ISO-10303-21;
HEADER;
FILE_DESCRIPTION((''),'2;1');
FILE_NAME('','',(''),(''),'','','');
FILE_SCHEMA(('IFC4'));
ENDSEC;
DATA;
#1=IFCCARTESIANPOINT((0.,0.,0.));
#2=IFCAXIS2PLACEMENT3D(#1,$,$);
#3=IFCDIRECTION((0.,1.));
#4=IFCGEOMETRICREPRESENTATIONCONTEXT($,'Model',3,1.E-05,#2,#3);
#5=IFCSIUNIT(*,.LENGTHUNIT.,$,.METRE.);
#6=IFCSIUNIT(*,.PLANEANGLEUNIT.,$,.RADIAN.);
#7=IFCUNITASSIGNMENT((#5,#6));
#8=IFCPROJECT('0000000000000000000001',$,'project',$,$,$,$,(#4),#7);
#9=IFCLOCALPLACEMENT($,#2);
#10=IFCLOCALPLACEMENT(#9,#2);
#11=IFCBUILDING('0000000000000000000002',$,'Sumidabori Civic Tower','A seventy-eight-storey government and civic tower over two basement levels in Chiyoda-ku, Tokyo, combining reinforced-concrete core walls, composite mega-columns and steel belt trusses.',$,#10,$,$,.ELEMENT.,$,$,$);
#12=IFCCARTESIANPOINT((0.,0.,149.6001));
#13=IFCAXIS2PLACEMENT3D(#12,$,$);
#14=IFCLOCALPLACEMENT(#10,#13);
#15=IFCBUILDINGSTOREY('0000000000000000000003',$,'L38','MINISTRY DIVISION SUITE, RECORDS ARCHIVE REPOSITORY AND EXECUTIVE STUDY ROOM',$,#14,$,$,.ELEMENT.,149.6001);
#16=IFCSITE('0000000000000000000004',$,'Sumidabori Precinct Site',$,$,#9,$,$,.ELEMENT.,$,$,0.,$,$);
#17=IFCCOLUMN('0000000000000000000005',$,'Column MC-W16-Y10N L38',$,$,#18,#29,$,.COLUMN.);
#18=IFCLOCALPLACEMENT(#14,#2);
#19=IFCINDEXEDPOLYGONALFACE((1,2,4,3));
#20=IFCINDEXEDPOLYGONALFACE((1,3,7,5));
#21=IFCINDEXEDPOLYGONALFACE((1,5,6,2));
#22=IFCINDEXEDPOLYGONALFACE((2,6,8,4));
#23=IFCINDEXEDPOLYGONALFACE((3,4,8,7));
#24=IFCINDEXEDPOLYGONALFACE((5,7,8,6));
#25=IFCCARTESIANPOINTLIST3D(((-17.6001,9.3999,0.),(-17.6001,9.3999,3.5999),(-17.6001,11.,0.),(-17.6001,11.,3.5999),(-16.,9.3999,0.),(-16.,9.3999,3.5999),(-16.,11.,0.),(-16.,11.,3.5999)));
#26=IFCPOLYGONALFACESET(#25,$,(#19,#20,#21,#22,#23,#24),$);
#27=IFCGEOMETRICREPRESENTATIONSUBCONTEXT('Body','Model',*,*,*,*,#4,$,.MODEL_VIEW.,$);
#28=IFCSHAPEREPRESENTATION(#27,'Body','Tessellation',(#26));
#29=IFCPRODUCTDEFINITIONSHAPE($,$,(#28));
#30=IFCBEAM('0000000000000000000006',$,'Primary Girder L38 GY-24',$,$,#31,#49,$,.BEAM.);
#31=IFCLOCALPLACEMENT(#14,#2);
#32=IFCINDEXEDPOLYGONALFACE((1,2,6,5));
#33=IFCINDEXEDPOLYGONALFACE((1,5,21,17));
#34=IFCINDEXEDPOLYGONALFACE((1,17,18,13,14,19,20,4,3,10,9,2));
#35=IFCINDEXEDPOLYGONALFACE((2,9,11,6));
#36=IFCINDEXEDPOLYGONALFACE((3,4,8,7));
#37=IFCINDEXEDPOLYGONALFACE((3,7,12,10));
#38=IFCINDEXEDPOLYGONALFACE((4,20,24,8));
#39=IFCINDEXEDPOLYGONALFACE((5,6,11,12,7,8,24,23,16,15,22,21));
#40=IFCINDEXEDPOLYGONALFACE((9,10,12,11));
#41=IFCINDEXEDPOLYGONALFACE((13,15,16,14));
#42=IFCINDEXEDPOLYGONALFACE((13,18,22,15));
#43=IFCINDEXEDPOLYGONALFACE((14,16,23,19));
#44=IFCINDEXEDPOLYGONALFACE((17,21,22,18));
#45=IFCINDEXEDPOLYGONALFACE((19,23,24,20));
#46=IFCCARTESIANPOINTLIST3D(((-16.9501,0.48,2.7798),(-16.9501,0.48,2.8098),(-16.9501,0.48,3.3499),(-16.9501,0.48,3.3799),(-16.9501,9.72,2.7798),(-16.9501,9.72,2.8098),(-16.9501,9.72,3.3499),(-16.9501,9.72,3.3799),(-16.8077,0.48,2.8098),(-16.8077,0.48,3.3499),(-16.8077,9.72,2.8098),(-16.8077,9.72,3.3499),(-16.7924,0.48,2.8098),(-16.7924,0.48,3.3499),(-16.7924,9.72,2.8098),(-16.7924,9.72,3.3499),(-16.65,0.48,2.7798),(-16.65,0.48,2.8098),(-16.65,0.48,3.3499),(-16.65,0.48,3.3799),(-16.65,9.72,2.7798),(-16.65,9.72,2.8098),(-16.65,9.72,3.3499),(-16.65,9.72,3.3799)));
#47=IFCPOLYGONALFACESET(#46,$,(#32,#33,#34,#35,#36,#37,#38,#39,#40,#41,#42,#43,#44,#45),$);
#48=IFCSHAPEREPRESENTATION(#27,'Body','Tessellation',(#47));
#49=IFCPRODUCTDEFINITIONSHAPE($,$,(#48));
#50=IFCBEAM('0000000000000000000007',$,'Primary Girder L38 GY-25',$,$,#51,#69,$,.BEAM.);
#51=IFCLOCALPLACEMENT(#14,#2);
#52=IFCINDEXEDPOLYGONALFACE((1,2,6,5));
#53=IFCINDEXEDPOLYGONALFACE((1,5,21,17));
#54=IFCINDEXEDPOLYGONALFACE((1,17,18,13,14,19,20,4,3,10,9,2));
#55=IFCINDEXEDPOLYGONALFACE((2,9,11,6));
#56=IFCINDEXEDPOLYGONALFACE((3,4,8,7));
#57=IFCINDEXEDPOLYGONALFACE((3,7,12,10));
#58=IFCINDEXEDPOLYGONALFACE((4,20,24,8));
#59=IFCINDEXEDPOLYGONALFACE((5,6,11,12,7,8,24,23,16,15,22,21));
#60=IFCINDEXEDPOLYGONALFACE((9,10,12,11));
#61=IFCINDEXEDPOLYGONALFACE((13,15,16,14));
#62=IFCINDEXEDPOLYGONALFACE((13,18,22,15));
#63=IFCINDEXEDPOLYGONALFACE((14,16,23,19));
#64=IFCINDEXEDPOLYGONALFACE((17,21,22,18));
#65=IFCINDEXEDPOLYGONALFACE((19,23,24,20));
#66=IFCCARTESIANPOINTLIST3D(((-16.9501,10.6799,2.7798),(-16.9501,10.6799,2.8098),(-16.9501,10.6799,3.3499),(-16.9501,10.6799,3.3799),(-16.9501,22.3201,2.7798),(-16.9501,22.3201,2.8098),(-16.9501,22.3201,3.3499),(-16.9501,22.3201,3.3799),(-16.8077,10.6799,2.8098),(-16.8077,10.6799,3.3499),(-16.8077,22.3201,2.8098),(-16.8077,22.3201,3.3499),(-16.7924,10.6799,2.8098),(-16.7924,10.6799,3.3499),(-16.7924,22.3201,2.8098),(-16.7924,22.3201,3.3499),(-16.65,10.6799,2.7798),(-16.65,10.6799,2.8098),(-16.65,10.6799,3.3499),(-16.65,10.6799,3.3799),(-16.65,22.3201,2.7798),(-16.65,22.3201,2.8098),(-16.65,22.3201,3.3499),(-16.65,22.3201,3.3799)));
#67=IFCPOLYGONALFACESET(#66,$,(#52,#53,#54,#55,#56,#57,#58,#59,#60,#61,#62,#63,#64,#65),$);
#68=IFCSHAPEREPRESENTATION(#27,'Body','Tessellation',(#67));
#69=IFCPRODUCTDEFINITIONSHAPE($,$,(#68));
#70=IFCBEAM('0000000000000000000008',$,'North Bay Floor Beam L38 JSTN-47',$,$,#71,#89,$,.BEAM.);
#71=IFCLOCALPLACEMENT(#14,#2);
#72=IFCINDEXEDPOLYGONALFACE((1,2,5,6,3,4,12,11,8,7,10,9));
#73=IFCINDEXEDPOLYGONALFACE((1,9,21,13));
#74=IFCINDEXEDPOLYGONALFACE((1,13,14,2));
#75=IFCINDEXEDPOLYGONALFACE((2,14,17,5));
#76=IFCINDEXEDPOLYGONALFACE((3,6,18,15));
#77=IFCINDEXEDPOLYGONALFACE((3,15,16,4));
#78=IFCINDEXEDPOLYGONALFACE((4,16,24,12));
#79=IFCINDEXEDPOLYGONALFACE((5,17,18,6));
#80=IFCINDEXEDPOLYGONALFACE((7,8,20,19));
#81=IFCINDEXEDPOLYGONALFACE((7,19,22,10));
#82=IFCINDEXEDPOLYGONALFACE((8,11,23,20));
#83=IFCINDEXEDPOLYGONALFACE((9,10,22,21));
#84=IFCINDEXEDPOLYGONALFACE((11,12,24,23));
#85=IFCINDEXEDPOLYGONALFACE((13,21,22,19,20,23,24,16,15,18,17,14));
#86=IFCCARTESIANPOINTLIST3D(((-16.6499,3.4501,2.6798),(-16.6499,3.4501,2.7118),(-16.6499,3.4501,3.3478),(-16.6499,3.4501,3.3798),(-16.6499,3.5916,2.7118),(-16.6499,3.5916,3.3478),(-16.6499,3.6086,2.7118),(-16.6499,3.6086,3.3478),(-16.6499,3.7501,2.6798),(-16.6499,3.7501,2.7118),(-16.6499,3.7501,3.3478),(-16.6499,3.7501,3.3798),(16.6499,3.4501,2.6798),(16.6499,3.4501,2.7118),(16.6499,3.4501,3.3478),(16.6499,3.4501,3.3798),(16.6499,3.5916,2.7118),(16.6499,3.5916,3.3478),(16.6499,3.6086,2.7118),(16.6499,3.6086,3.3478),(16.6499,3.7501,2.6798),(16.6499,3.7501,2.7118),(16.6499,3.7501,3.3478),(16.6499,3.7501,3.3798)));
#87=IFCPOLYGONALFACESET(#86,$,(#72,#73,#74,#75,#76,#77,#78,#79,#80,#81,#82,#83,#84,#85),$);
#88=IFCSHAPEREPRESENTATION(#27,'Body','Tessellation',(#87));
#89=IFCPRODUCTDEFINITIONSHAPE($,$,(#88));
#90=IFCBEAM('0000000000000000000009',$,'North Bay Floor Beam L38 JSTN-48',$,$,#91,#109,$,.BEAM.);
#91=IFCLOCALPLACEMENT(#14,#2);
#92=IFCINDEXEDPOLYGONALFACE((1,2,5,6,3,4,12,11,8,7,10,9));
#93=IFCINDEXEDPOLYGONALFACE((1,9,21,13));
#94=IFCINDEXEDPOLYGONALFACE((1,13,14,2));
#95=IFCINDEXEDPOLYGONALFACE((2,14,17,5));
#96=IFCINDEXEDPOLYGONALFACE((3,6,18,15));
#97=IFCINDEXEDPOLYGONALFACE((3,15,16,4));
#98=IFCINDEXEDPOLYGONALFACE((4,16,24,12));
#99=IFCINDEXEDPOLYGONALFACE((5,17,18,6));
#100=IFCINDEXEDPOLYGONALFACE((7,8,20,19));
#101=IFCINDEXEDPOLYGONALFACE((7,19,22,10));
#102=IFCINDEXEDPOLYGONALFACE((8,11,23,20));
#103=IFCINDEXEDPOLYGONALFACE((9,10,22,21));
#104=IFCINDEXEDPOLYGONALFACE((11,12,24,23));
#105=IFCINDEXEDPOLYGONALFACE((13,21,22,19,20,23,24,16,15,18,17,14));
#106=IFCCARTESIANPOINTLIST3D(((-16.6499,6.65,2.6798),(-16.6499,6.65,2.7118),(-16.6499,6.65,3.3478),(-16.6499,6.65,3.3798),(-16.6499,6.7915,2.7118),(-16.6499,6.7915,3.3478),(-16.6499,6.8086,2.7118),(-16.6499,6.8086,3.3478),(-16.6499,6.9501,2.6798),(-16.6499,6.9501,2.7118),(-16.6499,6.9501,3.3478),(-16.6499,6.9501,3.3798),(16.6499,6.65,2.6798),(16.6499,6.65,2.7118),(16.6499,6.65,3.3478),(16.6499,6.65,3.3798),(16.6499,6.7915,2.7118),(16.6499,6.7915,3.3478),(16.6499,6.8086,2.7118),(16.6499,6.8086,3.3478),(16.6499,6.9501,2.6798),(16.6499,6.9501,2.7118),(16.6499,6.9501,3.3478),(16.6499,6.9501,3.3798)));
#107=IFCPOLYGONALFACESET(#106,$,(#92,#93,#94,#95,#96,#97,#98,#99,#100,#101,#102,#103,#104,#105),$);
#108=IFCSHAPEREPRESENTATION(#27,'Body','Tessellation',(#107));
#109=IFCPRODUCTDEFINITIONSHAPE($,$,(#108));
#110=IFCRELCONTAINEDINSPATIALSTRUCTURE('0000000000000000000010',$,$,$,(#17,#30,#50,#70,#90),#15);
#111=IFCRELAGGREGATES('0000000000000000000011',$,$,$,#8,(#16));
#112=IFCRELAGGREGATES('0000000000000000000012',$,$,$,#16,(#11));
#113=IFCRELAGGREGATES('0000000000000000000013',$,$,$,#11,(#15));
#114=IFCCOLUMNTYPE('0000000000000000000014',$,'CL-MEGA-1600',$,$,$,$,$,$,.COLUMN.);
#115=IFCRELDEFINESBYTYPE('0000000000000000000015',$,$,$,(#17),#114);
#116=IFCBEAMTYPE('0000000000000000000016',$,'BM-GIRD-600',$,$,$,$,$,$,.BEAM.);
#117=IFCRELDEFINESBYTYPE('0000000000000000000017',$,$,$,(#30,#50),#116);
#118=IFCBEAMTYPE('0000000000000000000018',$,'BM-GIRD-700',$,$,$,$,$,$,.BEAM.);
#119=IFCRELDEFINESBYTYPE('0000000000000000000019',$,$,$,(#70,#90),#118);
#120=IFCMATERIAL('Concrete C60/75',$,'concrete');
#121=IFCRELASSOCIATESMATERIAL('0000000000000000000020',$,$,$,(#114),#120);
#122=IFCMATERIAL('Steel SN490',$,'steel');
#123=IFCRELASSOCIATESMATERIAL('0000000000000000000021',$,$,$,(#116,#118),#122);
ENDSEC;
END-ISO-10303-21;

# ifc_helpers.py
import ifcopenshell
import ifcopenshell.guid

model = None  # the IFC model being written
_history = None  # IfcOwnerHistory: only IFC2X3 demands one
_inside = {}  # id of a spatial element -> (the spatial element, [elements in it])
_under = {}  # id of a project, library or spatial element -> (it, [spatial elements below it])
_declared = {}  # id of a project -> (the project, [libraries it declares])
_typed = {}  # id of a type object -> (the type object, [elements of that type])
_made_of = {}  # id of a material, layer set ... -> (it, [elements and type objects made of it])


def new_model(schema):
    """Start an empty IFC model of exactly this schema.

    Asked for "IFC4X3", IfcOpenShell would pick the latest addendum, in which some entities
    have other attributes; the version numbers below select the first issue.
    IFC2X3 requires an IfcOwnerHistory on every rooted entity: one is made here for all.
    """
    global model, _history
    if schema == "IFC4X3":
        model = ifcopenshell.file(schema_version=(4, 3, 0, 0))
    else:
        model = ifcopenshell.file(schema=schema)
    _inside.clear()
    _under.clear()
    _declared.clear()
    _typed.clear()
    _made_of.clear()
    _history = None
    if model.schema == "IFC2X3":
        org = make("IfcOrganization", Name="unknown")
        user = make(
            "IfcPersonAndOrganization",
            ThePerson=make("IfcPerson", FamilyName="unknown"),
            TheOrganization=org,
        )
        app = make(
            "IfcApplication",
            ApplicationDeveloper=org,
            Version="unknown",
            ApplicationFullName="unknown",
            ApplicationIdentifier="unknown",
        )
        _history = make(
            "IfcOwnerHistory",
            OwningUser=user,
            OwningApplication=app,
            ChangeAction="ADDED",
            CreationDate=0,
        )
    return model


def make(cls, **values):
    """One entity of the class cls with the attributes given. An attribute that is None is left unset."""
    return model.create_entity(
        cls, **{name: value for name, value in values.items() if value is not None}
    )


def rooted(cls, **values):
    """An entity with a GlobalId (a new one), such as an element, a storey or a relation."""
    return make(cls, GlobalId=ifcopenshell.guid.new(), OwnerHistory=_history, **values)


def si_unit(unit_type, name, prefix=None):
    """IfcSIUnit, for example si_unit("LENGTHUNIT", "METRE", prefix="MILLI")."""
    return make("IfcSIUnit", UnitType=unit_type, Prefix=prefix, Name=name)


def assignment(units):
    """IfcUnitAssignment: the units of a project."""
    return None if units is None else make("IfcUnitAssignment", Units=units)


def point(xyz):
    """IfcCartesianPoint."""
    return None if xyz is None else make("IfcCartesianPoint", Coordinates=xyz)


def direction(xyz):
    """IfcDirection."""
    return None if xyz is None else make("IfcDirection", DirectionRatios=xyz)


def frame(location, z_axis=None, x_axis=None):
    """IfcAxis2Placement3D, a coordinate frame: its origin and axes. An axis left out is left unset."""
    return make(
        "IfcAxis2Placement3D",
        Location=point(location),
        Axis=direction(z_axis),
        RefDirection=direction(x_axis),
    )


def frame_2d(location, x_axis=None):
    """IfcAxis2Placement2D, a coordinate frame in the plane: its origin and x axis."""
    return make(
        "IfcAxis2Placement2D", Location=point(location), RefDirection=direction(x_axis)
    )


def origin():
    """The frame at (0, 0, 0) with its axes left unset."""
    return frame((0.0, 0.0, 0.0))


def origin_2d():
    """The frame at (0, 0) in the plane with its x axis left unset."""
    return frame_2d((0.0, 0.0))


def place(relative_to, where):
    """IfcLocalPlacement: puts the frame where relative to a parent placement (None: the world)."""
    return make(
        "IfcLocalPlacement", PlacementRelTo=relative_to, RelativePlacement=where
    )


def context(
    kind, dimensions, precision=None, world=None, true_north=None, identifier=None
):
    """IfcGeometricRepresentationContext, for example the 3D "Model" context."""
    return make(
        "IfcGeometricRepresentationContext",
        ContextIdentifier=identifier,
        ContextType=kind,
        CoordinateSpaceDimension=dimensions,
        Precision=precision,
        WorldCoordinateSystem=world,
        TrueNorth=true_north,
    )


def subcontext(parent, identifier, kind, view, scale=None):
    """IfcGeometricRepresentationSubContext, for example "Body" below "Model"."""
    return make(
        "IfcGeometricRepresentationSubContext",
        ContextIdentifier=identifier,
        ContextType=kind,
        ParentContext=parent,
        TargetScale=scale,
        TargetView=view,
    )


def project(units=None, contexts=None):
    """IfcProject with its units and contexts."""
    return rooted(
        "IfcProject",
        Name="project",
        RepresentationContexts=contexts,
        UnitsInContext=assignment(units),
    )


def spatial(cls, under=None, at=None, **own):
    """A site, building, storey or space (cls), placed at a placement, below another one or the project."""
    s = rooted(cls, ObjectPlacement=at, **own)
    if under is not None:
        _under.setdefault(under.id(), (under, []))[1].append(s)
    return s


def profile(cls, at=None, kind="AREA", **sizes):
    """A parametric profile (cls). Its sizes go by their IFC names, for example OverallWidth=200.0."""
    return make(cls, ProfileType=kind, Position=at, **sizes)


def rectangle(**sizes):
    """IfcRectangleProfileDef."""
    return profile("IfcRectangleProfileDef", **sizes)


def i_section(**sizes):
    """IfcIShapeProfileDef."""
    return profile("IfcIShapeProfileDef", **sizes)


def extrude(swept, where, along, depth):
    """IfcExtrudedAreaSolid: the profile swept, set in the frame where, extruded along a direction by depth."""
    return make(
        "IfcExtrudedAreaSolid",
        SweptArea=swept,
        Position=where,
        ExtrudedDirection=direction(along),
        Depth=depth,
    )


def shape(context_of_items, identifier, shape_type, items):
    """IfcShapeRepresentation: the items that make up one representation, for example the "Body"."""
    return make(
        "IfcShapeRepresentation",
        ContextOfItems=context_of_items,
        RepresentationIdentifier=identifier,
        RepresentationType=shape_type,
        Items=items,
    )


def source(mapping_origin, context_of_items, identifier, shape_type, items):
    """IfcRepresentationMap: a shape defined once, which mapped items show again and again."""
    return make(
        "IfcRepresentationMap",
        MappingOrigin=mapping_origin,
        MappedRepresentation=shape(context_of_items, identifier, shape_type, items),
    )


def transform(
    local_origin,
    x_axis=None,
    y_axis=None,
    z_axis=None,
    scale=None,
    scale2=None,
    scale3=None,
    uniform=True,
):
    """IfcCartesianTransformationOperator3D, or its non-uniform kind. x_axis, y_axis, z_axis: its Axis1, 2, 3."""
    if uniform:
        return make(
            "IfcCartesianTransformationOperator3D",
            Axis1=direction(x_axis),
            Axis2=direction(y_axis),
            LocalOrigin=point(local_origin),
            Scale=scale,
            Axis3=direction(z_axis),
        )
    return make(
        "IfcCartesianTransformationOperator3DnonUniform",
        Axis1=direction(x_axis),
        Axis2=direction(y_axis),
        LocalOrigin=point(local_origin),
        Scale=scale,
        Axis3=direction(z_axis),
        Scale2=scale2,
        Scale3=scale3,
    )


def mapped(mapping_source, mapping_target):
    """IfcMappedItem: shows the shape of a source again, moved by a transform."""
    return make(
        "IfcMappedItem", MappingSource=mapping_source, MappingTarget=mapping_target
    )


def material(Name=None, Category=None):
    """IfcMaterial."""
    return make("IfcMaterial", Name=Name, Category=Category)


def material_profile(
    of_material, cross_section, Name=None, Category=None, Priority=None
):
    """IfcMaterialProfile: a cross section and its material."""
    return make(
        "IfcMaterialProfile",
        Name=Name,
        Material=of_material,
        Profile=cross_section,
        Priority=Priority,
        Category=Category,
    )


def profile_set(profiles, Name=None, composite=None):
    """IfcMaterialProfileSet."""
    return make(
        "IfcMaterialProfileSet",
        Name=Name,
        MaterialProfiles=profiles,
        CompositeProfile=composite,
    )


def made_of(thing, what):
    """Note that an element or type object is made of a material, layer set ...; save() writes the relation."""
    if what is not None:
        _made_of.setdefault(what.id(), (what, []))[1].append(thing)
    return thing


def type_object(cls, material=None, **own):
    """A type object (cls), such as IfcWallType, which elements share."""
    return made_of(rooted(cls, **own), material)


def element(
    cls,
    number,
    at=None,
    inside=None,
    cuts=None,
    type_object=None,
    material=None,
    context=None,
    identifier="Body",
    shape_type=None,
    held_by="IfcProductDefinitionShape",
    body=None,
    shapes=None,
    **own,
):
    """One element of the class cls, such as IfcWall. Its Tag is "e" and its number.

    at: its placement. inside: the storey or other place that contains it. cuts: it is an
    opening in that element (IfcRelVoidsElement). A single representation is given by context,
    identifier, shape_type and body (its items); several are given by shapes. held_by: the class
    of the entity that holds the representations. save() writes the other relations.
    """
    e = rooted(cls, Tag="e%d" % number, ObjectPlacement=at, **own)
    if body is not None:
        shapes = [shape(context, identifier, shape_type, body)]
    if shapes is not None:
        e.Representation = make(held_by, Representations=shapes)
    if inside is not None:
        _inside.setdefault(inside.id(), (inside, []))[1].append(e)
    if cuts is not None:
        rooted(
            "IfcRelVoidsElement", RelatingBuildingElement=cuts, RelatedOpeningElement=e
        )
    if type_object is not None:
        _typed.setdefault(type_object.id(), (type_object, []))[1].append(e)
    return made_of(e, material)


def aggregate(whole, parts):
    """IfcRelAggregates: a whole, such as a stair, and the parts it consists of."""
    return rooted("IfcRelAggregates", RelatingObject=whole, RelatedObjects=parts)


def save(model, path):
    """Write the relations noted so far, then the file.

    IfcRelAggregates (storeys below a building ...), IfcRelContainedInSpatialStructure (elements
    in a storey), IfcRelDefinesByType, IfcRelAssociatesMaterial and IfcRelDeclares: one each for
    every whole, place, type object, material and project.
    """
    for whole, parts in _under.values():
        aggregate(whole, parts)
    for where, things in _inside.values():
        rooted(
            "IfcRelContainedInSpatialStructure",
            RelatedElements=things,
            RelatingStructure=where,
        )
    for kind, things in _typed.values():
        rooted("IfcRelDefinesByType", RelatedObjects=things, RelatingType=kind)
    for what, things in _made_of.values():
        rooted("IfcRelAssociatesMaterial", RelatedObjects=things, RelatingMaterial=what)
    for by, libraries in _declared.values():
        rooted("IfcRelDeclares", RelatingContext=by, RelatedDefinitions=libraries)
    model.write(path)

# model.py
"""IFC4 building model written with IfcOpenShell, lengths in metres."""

from ifc_helpers import new_model, si_unit, direction, frame, origin, origin_2d, place, context, subcontext, project, spatial, rectangle, i_section, extrude, source, transform, mapped, material, material_profile, profile_set, type_object, element, save


model = new_model("IFC4")

# Units and contexts
model_context = context("Model", 3, precision=1e-05, world=origin(), true_north=direction((0.0, 1.0)))
body_context = subcontext(model_context, "Body", "Model", "MODEL_VIEW")
ifc_project = project(units=[si_unit("LENGTHUNIT", "METRE"), si_unit("PLANEANGLEUNIT", "RADIAN")], contexts=[model_context])

# Site, building, storey
site_placement = place(None, origin())
site = spatial("IfcSite", under=ifc_project, at=site_placement, Name="Sumidabori Precinct Site", CompositionType="ELEMENT", RefElevation=0.0)
building_placement = place(site_placement, origin())
building = spatial("IfcBuilding", under=site, at=building_placement, Name="Sumidabori Civic Tower", Description="A seventy-eight-storey government and civic tower over two basement levels in Chiyoda-ku, Tokyo, combining reinforced-concrete core walls, composite mega-columns and steel belt trusses.", CompositionType="ELEMENT")
storey_placement = place(building_placement, frame((0.0, 0.0, 149.6001)))
storey = spatial("IfcBuildingStorey", under=building, at=storey_placement, Name="L38", Description="MINISTRY DIVISION SUITE, RECORDS ARCHIVE REPOSITORY AND EXECUTIVE STUDY ROOM", CompositionType="ELEMENT", Elevation=149.6001)

# Column
ifc_material_1 = material(Name="Concrete C60/75", Category="concrete")
ifc_material_profile_1 = material_profile(ifc_material_1, rectangle(XDim=1.6001, YDim=1.6001, at=origin_2d()), Name="RC 1600x1600")
ifc_profile_set_1 = profile_set([ifc_material_profile_1], Name="Concrete C60/75")
column_type = type_object("IfcColumnType", Name="CL-MEGA-1600", PredefinedType="COLUMN", material=ifc_profile_set_1)
shared_shape_1 = source(origin(), body_context, "Body", "SweptSolid", [
    extrude(rectangle(XDim=1.6001, YDim=1.6001, at=origin_2d()), origin(), (0.0, 0.0, 1.0), 3.5999),
])
column_placement = place(storey_placement, frame((-16.8, 10.2, 0.0), z_axis=(0.0, 0.0, 1.0), x_axis=(1.0, 0.0, 0.0)))
element("IfcColumn", 1, at=column_placement, inside=storey, type_object=column_type, Name="Column MC-W16-Y10N L38", PredefinedType="COLUMN", context=body_context, shape_type="MappedRepresentation", body=[
    mapped(shared_shape_1, transform((0.0, 0.0, 0.0), x_axis=(1.0, 0.0, 0.0), y_axis=(0.0, 1.0, 0.0), z_axis=(0.0, 0.0, 1.0), scale=1.0)),
])

# Beams
ifc_material_2 = material(Name="Steel SN490", Category="steel")
ifc_material_profile_2 = material_profile(ifc_material_2, i_section(OverallWidth=0.3, OverallDepth=0.6001, WebThickness=0.0154, FlangeThickness=0.03, at=origin_2d()), Name="HE 600 B")
ifc_profile_set_2 = profile_set([ifc_material_profile_2], Name="Steel SN490")
beam_type_1 = type_object("IfcBeamType", Name="BM-GIRD-600", PredefinedType="BEAM", material=ifc_profile_set_2)
shared_shape_2 = source(origin(), body_context, "Body", "SweptSolid", [
    extrude(i_section(OverallWidth=0.3, OverallDepth=0.6001, WebThickness=0.0154, FlangeThickness=0.03, at=origin_2d()), origin(), (0.0, 0.0, 1.0), 9.24),
])
beam_1_placement = place(storey_placement, frame((-16.8, 0.48, 3.0798), z_axis=(0.0, 1.0, 0.0), x_axis=(-1.0, 0.0, 0.0)))
element("IfcBeam", 2, at=beam_1_placement, inside=storey, type_object=beam_type_1, Name="Primary Girder L38 GY-24", PredefinedType="BEAM", context=body_context, shape_type="MappedRepresentation", body=[
    mapped(shared_shape_2, transform((0.0, 0.0, 0.0), x_axis=(1.0, 0.0, 0.0), y_axis=(0.0, 1.0, 0.0), z_axis=(0.0, 0.0, 1.0), scale=1.0)),
])
shared_shape_3 = source(origin(), body_context, "Body", "SweptSolid", [
    extrude(i_section(OverallWidth=0.3, OverallDepth=0.6001, WebThickness=0.0154, FlangeThickness=0.03, at=origin_2d()), origin(), (0.0, 0.0, 1.0), 11.6401),
])
beam_2_placement = place(storey_placement, frame((-16.8, 10.6799, 3.0798), z_axis=(0.0, 1.0, 0.0), x_axis=(-1.0, 0.0, 0.0)))
element("IfcBeam", 3, at=beam_2_placement, inside=storey, type_object=beam_type_1, Name="Primary Girder L38 GY-25", PredefinedType="BEAM", context=body_context, shape_type="MappedRepresentation", body=[
    mapped(shared_shape_3, transform((0.0, 0.0, 0.0), x_axis=(1.0, 0.0, 0.0), y_axis=(0.0, 1.0, 0.0), z_axis=(0.0, 0.0, 1.0), scale=1.0)),
])
ifc_material_profile_3 = material_profile(ifc_material_2, i_section(OverallWidth=0.3, OverallDepth=0.7, WebThickness=0.0171, FlangeThickness=0.032, at=origin_2d()), Name="HE 700 B")
ifc_profile_set_3 = profile_set([ifc_material_profile_3], Name="Steel SN490")
beam_type_2 = type_object("IfcBeamType", Name="BM-GIRD-700", PredefinedType="BEAM", material=ifc_profile_set_3)
shared_shape_4 = source(origin(), body_context, "Body", "SweptSolid", [
    extrude(i_section(OverallWidth=0.3, OverallDepth=0.7, WebThickness=0.0171, FlangeThickness=0.032, at=origin_2d()), origin(), (0.0, 0.0, 1.0), 33.2998),
])
for number, where, z_axis, x_axis, name in (
    (4, (-16.6499, 3.6001, 3.0298), (1.0, 0.0, 0.0), (0.0, 1.0, 0.0), "North Bay Floor Beam L38 JSTN-47"),
    (5, (-16.6499, 6.8, 3.0298), (1.0, 0.0, 0.0), (0.0, 1.0, 0.0), "North Bay Floor Beam L38 JSTN-48"),
):
    element("IfcBeam", number, at=place(storey_placement, frame(where, z_axis=z_axis, x_axis=x_axis)), inside=storey, type_object=beam_type_2, Name=name, PredefinedType="BEAM", context=body_context, shape_type="MappedRepresentation", body=[
        mapped(shared_shape_4, transform((0.0, 0.0, 0.0), x_axis=(1.0, 0.0, 0.0), y_axis=(0.0, 1.0, 0.0), z_axis=(0.0, 0.0, 1.0), scale=1.0)),
    ])

save(model, "model.ifc")
